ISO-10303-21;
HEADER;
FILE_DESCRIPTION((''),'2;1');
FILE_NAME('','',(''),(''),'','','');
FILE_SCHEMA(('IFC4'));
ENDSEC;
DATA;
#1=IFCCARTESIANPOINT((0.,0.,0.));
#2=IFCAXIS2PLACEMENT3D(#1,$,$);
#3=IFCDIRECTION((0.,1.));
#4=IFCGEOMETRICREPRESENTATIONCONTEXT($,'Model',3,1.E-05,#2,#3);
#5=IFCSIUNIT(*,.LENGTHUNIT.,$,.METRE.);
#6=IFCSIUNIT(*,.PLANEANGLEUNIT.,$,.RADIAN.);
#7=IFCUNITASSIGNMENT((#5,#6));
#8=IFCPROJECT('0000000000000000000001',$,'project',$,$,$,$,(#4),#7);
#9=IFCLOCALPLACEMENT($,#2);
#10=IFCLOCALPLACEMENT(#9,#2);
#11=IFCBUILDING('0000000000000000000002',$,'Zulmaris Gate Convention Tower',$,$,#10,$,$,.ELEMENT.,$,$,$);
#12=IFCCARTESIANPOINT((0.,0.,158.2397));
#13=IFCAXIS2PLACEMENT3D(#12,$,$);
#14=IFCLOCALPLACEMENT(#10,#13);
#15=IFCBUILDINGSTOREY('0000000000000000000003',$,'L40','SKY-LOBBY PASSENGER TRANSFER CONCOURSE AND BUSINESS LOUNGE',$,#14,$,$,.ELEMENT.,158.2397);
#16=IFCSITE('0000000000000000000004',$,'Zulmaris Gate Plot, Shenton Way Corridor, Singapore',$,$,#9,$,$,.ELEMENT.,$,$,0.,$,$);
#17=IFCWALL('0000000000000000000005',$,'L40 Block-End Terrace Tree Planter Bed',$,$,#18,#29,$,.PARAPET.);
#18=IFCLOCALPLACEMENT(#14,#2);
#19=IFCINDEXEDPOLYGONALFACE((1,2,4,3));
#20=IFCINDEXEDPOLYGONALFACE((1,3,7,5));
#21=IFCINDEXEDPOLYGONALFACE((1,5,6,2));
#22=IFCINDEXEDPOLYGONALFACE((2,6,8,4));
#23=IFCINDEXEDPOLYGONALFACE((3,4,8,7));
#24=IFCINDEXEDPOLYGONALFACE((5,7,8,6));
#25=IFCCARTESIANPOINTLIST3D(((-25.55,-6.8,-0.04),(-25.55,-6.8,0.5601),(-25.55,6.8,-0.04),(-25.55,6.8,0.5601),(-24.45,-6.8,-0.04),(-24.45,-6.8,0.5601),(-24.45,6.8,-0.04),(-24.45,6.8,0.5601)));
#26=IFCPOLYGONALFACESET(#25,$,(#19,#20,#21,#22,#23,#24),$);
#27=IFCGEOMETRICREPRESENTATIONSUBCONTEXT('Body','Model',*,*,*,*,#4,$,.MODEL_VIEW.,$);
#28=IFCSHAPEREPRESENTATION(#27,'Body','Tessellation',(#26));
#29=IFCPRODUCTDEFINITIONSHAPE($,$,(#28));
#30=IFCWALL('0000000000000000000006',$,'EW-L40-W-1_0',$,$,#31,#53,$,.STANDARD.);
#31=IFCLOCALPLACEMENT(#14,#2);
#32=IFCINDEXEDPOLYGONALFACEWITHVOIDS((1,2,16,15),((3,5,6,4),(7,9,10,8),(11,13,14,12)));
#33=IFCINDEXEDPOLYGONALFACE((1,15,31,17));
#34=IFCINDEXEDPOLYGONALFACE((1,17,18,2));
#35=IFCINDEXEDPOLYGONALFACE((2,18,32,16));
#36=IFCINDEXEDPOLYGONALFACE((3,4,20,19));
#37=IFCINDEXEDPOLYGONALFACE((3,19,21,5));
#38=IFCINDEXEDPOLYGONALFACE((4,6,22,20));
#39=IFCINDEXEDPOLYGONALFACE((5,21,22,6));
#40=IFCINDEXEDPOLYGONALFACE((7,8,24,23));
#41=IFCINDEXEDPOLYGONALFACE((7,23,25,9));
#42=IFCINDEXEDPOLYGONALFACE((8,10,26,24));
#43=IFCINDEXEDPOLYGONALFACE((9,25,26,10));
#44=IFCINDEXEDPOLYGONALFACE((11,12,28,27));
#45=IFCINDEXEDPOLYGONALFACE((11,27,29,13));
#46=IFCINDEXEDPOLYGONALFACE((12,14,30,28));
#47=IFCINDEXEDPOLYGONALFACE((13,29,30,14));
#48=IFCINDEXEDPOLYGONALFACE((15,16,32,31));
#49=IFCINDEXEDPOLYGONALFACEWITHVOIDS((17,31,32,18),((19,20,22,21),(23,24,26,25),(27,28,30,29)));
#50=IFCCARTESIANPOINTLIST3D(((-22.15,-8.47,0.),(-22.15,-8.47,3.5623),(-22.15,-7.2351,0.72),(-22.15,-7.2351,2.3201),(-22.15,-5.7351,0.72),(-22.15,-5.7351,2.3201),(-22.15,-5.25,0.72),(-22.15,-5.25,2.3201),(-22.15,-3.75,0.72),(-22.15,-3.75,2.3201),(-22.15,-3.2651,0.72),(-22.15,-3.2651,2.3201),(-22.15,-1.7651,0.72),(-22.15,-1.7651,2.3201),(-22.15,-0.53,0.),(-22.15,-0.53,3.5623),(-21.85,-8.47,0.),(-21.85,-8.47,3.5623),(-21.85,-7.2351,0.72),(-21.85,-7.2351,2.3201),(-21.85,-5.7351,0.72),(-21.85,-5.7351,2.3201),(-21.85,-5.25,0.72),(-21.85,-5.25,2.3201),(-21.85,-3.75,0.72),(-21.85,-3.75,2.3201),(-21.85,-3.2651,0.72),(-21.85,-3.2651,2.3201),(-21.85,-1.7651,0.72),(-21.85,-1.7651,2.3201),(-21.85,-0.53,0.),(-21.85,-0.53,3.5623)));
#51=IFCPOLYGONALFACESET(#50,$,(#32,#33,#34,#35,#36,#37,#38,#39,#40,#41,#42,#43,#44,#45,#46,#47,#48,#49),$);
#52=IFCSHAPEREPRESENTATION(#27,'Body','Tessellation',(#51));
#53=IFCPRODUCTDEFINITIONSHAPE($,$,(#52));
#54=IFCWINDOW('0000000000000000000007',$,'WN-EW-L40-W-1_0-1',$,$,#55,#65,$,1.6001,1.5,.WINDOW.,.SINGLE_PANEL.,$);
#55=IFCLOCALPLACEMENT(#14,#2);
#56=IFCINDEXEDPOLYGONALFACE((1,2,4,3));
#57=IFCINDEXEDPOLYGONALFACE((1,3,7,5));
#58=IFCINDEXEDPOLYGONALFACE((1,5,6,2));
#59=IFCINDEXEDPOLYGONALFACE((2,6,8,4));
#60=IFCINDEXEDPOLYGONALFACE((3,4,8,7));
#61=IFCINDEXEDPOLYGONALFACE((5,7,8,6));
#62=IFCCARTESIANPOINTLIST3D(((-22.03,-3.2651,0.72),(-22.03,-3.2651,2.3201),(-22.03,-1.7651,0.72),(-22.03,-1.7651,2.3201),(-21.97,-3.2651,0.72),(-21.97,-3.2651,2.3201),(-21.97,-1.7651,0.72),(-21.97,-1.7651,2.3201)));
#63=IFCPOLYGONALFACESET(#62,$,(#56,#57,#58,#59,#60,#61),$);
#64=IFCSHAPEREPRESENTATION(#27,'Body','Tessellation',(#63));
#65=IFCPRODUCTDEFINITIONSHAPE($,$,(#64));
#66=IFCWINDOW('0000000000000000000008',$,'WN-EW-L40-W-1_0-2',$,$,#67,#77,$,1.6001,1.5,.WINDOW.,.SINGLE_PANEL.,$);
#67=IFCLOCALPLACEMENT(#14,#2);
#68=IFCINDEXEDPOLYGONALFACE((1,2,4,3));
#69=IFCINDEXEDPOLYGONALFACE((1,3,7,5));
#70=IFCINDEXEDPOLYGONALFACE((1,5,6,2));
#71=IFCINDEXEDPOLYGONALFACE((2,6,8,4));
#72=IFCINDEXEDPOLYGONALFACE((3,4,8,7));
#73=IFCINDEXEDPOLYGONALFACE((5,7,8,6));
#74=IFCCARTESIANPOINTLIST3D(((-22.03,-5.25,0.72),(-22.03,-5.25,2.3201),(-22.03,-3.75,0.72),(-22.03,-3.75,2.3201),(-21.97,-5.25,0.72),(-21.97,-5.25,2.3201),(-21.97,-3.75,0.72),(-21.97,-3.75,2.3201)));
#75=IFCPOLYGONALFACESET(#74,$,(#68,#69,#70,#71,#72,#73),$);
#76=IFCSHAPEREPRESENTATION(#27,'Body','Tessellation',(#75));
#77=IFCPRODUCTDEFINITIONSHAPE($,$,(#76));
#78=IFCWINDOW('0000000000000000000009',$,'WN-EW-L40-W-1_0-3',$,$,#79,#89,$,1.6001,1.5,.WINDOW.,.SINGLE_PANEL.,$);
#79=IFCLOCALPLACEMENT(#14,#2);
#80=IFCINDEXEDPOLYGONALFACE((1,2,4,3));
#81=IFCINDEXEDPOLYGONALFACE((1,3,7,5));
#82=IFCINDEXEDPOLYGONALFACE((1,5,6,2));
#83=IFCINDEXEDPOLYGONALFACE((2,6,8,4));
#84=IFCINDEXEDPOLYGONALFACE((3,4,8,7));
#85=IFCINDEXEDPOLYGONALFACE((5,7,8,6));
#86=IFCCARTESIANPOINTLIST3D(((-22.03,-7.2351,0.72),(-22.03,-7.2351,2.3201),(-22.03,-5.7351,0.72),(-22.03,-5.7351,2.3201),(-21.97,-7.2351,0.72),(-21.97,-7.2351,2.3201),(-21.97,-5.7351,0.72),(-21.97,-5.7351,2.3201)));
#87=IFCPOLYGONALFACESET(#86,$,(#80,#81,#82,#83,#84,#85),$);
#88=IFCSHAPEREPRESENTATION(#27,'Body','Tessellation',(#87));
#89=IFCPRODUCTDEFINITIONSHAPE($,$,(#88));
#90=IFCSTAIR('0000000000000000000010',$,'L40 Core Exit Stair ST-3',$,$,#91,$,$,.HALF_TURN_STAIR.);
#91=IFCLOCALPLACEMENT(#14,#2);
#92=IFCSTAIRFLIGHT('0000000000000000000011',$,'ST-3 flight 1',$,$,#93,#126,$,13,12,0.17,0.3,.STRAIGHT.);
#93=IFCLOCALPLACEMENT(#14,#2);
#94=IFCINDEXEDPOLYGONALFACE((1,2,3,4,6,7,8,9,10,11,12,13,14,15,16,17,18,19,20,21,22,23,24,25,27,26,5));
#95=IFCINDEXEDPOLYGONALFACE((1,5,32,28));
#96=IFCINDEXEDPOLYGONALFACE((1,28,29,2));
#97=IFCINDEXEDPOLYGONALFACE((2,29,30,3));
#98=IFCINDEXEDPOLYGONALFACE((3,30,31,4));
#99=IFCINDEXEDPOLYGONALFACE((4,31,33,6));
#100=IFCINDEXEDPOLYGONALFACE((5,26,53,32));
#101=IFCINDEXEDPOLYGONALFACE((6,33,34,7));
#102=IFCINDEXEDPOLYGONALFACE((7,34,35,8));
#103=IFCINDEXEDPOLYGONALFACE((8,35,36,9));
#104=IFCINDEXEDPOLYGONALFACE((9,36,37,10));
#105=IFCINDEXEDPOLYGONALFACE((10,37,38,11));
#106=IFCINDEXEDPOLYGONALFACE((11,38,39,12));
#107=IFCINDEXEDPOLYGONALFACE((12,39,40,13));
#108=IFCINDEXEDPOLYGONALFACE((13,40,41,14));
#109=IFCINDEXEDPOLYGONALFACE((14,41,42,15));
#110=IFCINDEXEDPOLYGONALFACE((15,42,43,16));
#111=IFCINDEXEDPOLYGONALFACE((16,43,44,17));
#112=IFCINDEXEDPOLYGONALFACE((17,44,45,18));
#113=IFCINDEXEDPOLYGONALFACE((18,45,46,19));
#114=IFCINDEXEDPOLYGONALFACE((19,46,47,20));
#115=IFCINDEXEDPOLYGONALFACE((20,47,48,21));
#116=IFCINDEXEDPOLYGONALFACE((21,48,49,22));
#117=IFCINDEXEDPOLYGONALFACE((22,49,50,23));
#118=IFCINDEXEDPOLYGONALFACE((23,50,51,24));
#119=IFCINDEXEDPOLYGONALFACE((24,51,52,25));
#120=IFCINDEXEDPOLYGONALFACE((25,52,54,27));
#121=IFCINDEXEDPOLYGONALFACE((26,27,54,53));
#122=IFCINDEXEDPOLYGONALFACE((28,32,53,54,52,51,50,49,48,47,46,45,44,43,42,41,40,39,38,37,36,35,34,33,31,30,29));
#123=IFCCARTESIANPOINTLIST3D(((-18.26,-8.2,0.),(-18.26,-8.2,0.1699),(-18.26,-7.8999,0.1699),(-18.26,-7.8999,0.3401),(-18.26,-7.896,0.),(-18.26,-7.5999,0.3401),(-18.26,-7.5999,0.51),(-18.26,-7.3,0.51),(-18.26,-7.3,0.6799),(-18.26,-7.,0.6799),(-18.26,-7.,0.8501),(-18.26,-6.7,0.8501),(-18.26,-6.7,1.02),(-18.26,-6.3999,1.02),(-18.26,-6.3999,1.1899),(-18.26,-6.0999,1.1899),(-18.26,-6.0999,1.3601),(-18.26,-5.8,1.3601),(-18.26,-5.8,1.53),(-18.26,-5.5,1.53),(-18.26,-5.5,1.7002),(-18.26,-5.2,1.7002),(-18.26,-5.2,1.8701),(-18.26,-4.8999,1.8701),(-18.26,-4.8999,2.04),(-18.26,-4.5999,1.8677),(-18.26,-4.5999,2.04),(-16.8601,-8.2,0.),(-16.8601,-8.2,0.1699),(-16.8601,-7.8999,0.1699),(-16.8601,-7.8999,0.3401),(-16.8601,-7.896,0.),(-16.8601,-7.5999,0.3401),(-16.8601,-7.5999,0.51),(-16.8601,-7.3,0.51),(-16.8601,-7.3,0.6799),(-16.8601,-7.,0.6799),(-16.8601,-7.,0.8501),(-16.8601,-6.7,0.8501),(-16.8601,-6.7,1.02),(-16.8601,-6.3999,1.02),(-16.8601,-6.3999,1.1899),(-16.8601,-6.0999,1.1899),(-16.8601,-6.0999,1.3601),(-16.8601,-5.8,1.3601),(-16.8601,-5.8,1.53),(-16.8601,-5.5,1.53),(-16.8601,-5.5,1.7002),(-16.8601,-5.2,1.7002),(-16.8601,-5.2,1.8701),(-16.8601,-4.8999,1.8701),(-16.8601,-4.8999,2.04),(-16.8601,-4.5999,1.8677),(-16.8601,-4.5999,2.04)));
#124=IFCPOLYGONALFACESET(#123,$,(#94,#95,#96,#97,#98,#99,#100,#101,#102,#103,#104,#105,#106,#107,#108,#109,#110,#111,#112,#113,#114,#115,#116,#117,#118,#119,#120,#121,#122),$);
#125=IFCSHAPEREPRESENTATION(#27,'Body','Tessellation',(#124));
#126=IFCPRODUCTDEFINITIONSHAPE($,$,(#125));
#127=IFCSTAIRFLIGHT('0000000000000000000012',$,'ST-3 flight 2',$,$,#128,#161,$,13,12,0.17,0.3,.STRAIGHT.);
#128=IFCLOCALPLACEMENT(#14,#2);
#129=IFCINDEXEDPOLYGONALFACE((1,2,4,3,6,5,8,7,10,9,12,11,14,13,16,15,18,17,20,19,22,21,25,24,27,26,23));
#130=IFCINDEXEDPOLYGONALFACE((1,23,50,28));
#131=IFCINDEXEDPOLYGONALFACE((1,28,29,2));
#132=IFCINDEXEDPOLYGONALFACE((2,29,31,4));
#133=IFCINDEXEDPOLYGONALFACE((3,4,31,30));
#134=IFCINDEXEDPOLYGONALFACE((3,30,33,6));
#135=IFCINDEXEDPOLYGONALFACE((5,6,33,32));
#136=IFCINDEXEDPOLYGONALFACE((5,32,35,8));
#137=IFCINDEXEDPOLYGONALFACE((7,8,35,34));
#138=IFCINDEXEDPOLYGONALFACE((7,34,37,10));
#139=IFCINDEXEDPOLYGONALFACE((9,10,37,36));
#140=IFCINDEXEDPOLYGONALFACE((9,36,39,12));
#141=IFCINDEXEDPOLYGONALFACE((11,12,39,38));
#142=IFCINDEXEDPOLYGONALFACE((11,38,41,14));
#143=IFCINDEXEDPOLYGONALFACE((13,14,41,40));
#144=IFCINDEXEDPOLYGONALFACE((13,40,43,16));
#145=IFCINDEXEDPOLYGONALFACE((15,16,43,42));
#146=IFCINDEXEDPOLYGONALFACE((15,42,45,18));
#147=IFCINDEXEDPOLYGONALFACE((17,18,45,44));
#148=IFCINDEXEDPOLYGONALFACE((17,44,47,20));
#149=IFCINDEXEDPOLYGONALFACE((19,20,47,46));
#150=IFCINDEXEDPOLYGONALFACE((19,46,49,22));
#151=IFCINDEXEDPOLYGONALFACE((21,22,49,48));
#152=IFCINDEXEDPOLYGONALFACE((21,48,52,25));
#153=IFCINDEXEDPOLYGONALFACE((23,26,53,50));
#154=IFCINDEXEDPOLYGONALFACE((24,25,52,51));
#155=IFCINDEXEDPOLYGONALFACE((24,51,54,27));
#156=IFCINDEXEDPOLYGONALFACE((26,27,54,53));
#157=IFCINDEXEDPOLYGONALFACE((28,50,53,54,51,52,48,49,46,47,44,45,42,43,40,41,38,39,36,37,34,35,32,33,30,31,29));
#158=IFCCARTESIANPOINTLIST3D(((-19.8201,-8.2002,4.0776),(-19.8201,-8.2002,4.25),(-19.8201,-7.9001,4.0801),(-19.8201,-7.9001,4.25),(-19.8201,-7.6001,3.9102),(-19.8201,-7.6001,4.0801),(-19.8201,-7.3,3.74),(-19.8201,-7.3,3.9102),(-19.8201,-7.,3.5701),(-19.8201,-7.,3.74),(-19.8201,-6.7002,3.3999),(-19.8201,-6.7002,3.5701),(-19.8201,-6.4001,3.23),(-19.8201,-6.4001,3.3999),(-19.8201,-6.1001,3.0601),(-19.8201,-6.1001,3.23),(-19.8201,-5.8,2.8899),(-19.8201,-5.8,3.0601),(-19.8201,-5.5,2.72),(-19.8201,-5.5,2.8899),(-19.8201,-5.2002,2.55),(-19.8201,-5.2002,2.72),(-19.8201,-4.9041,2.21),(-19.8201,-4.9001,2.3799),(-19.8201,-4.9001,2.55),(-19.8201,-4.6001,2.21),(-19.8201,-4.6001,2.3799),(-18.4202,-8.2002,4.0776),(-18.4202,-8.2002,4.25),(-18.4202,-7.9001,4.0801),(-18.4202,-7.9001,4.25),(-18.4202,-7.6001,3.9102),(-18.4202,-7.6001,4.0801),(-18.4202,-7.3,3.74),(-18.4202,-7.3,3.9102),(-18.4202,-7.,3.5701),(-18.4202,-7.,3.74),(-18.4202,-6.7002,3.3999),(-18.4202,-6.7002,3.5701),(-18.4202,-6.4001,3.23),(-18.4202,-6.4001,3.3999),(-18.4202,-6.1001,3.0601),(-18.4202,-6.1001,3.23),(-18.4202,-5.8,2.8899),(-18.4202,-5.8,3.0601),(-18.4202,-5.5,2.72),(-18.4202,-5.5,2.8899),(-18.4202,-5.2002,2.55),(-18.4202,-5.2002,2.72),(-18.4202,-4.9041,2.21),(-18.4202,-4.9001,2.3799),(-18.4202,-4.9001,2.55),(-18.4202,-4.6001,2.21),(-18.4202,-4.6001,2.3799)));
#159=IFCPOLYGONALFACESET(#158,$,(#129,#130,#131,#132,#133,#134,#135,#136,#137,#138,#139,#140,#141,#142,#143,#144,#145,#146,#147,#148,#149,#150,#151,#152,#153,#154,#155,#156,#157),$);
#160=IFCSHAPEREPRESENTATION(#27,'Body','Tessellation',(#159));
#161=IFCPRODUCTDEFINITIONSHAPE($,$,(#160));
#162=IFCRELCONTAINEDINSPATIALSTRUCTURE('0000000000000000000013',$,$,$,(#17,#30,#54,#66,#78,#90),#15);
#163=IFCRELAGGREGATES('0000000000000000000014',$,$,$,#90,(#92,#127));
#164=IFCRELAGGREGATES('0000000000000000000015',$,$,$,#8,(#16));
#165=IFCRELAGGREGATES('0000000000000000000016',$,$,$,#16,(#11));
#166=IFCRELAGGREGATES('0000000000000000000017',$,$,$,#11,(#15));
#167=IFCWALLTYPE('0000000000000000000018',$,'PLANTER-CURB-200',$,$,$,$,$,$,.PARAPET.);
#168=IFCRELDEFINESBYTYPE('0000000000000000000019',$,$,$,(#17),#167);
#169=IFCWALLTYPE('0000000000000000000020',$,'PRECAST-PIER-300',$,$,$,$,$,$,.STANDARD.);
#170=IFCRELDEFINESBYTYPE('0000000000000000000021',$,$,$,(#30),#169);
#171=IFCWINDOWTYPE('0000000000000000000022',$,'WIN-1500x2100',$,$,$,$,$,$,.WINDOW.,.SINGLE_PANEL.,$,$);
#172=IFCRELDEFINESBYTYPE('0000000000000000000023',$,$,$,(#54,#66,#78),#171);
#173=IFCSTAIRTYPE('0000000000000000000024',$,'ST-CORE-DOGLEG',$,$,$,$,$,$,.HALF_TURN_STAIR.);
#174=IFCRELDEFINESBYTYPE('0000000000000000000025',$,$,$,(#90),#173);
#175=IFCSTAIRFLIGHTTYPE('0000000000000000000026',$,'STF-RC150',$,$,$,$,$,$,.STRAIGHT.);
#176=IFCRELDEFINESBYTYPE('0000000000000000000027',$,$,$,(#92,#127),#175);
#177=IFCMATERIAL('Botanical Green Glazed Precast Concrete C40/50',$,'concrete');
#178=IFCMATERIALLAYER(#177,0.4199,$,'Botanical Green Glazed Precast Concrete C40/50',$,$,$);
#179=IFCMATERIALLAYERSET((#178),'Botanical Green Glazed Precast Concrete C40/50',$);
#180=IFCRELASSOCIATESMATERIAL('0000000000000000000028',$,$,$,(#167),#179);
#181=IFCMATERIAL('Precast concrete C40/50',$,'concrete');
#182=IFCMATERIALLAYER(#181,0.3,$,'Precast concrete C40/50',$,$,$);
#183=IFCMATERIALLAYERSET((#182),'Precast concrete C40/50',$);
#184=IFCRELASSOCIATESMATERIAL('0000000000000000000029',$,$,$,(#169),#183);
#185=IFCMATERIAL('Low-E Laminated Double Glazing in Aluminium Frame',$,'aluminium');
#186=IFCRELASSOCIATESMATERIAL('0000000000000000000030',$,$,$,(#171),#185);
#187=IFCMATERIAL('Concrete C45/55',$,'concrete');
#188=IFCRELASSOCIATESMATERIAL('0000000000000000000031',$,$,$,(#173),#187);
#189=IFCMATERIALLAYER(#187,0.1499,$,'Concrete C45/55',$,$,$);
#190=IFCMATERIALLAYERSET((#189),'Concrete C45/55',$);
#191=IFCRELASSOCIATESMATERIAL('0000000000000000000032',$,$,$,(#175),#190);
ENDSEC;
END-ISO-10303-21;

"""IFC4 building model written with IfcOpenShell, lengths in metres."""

from ifc_helpers import new_model, si_unit, direction, frame, frame_2d, origin, place, context, subcontext, project, spatial, polyline, rectangle, outline, extrude, material, layer, layer_set, type_object, element, fill, aggregate, save


model = new_model("IFC4")

# Units and contexts
model_context = context("Model", 3, precision=1e-05, world=origin(), true_north=direction((0.0, 1.0)))
body_context = subcontext(model_context, "Body", "Model", "MODEL_VIEW")
ifc_project = project(units=[si_unit("LENGTHUNIT", "METRE"), si_unit("PLANEANGLEUNIT", "RADIAN")], contexts=[model_context])

# Site, building, storey
site_placement = place(None, origin())
site = spatial("IfcSite", under=ifc_project, at=site_placement, Name="Zulmaris Gate Plot, Shenton Way Corridor, Singapore", CompositionType="ELEMENT", RefElevation=0.0)
building_placement = place(site_placement, origin())
building = spatial("IfcBuilding", under=site, at=building_placement, Name="Zulmaris Gate Convention Tower", CompositionType="ELEMENT")
storey_placement = place(building_placement, frame((0.0, 0.0, 158.2397)))
storey = spatial("IfcBuildingStorey", under=building, at=storey_placement, Name="L40", Description="SKY-LOBBY PASSENGER TRANSFER CONCOURSE AND BUSINESS LOUNGE", CompositionType="ELEMENT", Elevation=158.2397)

# Wall
ifc_material_1 = material(Name="Botanical Green Glazed Precast Concrete C40/50", Category="concrete")
ifc_layer_1 = layer(ifc_material_1, 0.4199, Name="Botanical Green Glazed Precast Concrete C40/50")
ifc_layer_set_1 = layer_set([ifc_layer_1], Name="Botanical Green Glazed Precast Concrete C40/50")
wall_type_1 = type_object("IfcWallType", Name="PLANTER-CURB-200", PredefinedType="PARAPET", material=ifc_layer_set_1)
wall_1_placement = place(storey_placement, frame((-25.0, -6.8, -0.04), z_axis=(0.0, 0.0, 1.0), x_axis=(0.0, 1.0, 0.0)))
element("IfcWall", 1, at=wall_1_placement, inside=storey, type_object=wall_type_1, Name="L40 Block-End Terrace Tree Planter Bed", PredefinedType="PARAPET", context=body_context, shape_type="SweptSolid", body=[
    extrude(rectangle(XDim=13.6001, YDim=1.1001, at=frame_2d((6.8, 0.0))), origin(), (0.0, 0.0, 1.0), 0.6001),
])

# Wall, openings, windows
ifc_material_2 = material(Name="Precast concrete C40/50", Category="concrete")
ifc_layer_2 = layer(ifc_material_2, 0.3, Name="Precast concrete C40/50")
ifc_layer_set_2 = layer_set([ifc_layer_2], Name="Precast concrete C40/50")
wall_type_2 = type_object("IfcWallType", Name="PRECAST-PIER-300", PredefinedType="STANDARD", material=ifc_layer_set_2)
wall_2_placement = place(storey_placement, frame((-22.0, -0.53, 0.0), z_axis=(0.0, 0.0, 1.0), x_axis=(0.0, -1.0, 0.0)))
wall_2 = element("IfcWall", 2, at=wall_2_placement, inside=storey, type_object=wall_type_2, Name="EW-L40-W-1_0", PredefinedType="STANDARD", context=body_context, shape_type="SweptSolid", body=[
    extrude(rectangle(XDim=7.9399, YDim=0.3, at=frame_2d((3.97, 0.0))), origin(), (0.0, 0.0, 1.0), 3.5623),
])
opening_1_placement = place(wall_2_placement, frame((1.2351, 0.0, 0.72)))
opening_1 = element("IfcOpeningElement", 3, at=opening_1_placement, cuts=wall_2, PredefinedType="OPENING", context=body_context, shape_type="SweptSolid", body=[
    extrude(rectangle(XDim=1.5, YDim=1.6001, at=frame_2d((0.75, 0.8))), frame((0.0, 0.1602, 0.0), z_axis=(0.0, -1.0, 0.0), x_axis=(1.0, 0.0, 0.0)), (0.0, 0.0, 1.0), 0.3201),
])
opening_2_placement = place(wall_2_placement, frame((3.22, 0.0, 0.72)))
opening_2 = element("IfcOpeningElement", 4, at=opening_2_placement, cuts=wall_2, PredefinedType="OPENING", context=body_context, shape_type="SweptSolid", body=[
    extrude(rectangle(XDim=1.5, YDim=1.6001, at=frame_2d((0.75, 0.8))), frame((0.0, 0.1602, 0.0), z_axis=(0.0, -1.0, 0.0), x_axis=(1.0, 0.0, 0.0)), (0.0, 0.0, 1.0), 0.3201),
])
opening_3_placement = place(wall_2_placement, frame((5.2051, 0.0, 0.72)))
opening_3 = element("IfcOpeningElement", 5, at=opening_3_placement, cuts=wall_2, PredefinedType="OPENING", context=body_context, shape_type="SweptSolid", body=[
    extrude(rectangle(XDim=1.5, YDim=1.6001, at=frame_2d((0.75, 0.8))), frame((0.0, 0.1602, 0.0), z_axis=(0.0, -1.0, 0.0), x_axis=(1.0, 0.0, 0.0)), (0.0, 0.0, 1.0), 0.3201),
])
ifc_material_3 = material(Name="Low-E Laminated Double Glazing in Aluminium Frame", Category="aluminium")
window_type = type_object("IfcWindowType", Name="WIN-1500x2100", PartitioningType="SINGLE_PANEL", PredefinedType="WINDOW", material=ifc_material_3)
window_1_placement = place(opening_1_placement, origin())
window_1 = element("IfcWindow", 6, at=window_1_placement, inside=storey, type_object=window_type, Name="WN-EW-L40-W-1_0-1", OverallHeight=1.6001, OverallWidth=1.5, PartitioningType="SINGLE_PANEL", PredefinedType="WINDOW", context=body_context, shape_type="SweptSolid", body=[
    extrude(rectangle(XDim=1.5, YDim=1.6001, at=frame_2d((0.75, 0.8))), frame((0.0, 0.03, 0.0), z_axis=(0.0, -1.0, 0.0), x_axis=(1.0, 0.0, 0.0)), (0.0, 0.0, 1.0), 0.0601),
])
fill(opening_1, window_1)
window_2_placement = place(opening_2_placement, origin())
window_2 = element("IfcWindow", 7, at=window_2_placement, inside=storey, type_object=window_type, Name="WN-EW-L40-W-1_0-2", OverallHeight=1.6001, OverallWidth=1.5, PartitioningType="SINGLE_PANEL", PredefinedType="WINDOW", context=body_context, shape_type="SweptSolid", body=[
    extrude(rectangle(XDim=1.5, YDim=1.6001, at=frame_2d((0.75, 0.8))), frame((0.0, 0.03, 0.0), z_axis=(0.0, -1.0, 0.0), x_axis=(1.0, 0.0, 0.0)), (0.0, 0.0, 1.0), 0.0601),
])
fill(opening_2, window_2)
window_3_placement = place(opening_3_placement, origin())
window_3 = element("IfcWindow", 8, at=window_3_placement, inside=storey, type_object=window_type, Name="WN-EW-L40-W-1_0-3", OverallHeight=1.6001, OverallWidth=1.5, PartitioningType="SINGLE_PANEL", PredefinedType="WINDOW", context=body_context, shape_type="SweptSolid", body=[
    extrude(rectangle(XDim=1.5, YDim=1.6001, at=frame_2d((0.75, 0.8))), frame((0.0, 0.03, 0.0), z_axis=(0.0, -1.0, 0.0), x_axis=(1.0, 0.0, 0.0)), (0.0, 0.0, 1.0), 0.0601),
])
fill(opening_3, window_3)

# Stair, stair flights
ifc_material_4 = material(Name="Concrete C45/55", Category="concrete")
stair_type = type_object("IfcStairType", Name="ST-CORE-DOGLEG", PredefinedType="HALF_TURN_STAIR", material=ifc_material_4)
stair_placement = place(storey_placement, origin())
stair = element("IfcStair", 9, at=stair_placement, inside=storey, type_object=stair_type, Name="L40 Core Exit Stair ST-3", PredefinedType="HALF_TURN_STAIR")
ifc_layer_3 = layer(ifc_material_4, 0.1499, Name="Concrete C45/55")
ifc_layer_set_3 = layer_set([ifc_layer_3], Name="Concrete C45/55")
stair_flight_type = type_object("IfcStairFlightType", Name="STF-RC150", PredefinedType="STRAIGHT", material=ifc_layer_set_3)
stair_flight_1_placement = place(storey_placement, frame((-17.5601, -8.2, 0.0), z_axis=(0.0, 0.0, 1.0), x_axis=(0.0, 1.0, 0.0)))
stair_flight_1 = element("IfcStairFlight", 10, at=stair_flight_1_placement, type_object=stair_flight_type, Name="ST-3 flight 1", NumberOfRisers=13, NumberOfTreads=12, PredefinedType="STRAIGHT", RiserHeight=0.17, TreadLength=0.3, context=body_context, shape_type="SweptSolid", body=[
    extrude(outline(polyline([(0.0, 0.0), (0.0, 0.1699), (0.3, 0.1699), (0.3, 0.3401), (0.6001, 0.3401), (0.6001, 0.51), (0.8999, 0.51), (0.8999, 0.6799), (1.2, 0.6799), (1.2, 0.8501), (1.5, 0.8501), (1.5, 1.02), (1.8, 1.02), (1.8, 1.1899), (2.1001, 1.1899), (2.1001, 1.3601), (2.3999, 1.3601), (2.3999, 1.53), (2.7, 1.53), (2.7, 1.7002), (3.0, 1.7002), (3.0, 1.8701), (3.3, 1.8701), (3.3, 2.04), (3.6001, 2.04), (3.6001, 2.2102), (3.6001, 1.8677), (0.304, 0.0), (0.0, 0.0)])), frame((0.0, 0.7, 0.0), z_axis=(0.0, -1.0, 0.0), x_axis=(1.0, 0.0, 0.0)), (0.0, 0.0, 1.0), 1.3999),
])
stair_flight_2_placement = place(storey_placement, frame((-19.1201, -4.6001, 2.21), z_axis=(0.0, 0.0, 1.0), x_axis=(0.0, -1.0, 0.0)))
stair_flight_2 = element("IfcStairFlight", 11, at=stair_flight_2_placement, type_object=stair_flight_type, Name="ST-3 flight 2", NumberOfRisers=13, NumberOfTreads=12, PredefinedType="STRAIGHT", RiserHeight=0.17, TreadLength=0.3, context=body_context, shape_type="SweptSolid", body=[
    extrude(outline(polyline([(0.0, 0.0), (0.0, 0.1699), (0.3, 0.1699), (0.3, 0.3401), (0.6001, 0.3401), (0.6001, 0.51), (0.8999, 0.51), (0.8999, 0.6799), (1.2, 0.6799), (1.2, 0.8501), (1.5, 0.8501), (1.5, 1.02), (1.8, 1.02), (1.8, 1.1899), (2.1001, 1.1899), (2.1001, 1.3601), (2.3999, 1.3601), (2.3999, 1.53), (2.7, 1.53), (2.7, 1.7002), (3.0, 1.7002), (3.0, 1.8701), (3.3, 1.8701), (3.3, 2.04), (3.6001, 2.04), (3.6001, 2.2102), (3.6001, 1.8677), (0.304, 0.0), (0.0, 0.0)])), frame((0.0, 0.7, 0.0), z_axis=(0.0, -1.0, 0.0), x_axis=(1.0, 0.0, 0.0)), (0.0, 0.0, 1.0), 1.3999),
])
aggregate(stair, [stair_flight_1, stair_flight_2])

save(model, "model.ifc")
